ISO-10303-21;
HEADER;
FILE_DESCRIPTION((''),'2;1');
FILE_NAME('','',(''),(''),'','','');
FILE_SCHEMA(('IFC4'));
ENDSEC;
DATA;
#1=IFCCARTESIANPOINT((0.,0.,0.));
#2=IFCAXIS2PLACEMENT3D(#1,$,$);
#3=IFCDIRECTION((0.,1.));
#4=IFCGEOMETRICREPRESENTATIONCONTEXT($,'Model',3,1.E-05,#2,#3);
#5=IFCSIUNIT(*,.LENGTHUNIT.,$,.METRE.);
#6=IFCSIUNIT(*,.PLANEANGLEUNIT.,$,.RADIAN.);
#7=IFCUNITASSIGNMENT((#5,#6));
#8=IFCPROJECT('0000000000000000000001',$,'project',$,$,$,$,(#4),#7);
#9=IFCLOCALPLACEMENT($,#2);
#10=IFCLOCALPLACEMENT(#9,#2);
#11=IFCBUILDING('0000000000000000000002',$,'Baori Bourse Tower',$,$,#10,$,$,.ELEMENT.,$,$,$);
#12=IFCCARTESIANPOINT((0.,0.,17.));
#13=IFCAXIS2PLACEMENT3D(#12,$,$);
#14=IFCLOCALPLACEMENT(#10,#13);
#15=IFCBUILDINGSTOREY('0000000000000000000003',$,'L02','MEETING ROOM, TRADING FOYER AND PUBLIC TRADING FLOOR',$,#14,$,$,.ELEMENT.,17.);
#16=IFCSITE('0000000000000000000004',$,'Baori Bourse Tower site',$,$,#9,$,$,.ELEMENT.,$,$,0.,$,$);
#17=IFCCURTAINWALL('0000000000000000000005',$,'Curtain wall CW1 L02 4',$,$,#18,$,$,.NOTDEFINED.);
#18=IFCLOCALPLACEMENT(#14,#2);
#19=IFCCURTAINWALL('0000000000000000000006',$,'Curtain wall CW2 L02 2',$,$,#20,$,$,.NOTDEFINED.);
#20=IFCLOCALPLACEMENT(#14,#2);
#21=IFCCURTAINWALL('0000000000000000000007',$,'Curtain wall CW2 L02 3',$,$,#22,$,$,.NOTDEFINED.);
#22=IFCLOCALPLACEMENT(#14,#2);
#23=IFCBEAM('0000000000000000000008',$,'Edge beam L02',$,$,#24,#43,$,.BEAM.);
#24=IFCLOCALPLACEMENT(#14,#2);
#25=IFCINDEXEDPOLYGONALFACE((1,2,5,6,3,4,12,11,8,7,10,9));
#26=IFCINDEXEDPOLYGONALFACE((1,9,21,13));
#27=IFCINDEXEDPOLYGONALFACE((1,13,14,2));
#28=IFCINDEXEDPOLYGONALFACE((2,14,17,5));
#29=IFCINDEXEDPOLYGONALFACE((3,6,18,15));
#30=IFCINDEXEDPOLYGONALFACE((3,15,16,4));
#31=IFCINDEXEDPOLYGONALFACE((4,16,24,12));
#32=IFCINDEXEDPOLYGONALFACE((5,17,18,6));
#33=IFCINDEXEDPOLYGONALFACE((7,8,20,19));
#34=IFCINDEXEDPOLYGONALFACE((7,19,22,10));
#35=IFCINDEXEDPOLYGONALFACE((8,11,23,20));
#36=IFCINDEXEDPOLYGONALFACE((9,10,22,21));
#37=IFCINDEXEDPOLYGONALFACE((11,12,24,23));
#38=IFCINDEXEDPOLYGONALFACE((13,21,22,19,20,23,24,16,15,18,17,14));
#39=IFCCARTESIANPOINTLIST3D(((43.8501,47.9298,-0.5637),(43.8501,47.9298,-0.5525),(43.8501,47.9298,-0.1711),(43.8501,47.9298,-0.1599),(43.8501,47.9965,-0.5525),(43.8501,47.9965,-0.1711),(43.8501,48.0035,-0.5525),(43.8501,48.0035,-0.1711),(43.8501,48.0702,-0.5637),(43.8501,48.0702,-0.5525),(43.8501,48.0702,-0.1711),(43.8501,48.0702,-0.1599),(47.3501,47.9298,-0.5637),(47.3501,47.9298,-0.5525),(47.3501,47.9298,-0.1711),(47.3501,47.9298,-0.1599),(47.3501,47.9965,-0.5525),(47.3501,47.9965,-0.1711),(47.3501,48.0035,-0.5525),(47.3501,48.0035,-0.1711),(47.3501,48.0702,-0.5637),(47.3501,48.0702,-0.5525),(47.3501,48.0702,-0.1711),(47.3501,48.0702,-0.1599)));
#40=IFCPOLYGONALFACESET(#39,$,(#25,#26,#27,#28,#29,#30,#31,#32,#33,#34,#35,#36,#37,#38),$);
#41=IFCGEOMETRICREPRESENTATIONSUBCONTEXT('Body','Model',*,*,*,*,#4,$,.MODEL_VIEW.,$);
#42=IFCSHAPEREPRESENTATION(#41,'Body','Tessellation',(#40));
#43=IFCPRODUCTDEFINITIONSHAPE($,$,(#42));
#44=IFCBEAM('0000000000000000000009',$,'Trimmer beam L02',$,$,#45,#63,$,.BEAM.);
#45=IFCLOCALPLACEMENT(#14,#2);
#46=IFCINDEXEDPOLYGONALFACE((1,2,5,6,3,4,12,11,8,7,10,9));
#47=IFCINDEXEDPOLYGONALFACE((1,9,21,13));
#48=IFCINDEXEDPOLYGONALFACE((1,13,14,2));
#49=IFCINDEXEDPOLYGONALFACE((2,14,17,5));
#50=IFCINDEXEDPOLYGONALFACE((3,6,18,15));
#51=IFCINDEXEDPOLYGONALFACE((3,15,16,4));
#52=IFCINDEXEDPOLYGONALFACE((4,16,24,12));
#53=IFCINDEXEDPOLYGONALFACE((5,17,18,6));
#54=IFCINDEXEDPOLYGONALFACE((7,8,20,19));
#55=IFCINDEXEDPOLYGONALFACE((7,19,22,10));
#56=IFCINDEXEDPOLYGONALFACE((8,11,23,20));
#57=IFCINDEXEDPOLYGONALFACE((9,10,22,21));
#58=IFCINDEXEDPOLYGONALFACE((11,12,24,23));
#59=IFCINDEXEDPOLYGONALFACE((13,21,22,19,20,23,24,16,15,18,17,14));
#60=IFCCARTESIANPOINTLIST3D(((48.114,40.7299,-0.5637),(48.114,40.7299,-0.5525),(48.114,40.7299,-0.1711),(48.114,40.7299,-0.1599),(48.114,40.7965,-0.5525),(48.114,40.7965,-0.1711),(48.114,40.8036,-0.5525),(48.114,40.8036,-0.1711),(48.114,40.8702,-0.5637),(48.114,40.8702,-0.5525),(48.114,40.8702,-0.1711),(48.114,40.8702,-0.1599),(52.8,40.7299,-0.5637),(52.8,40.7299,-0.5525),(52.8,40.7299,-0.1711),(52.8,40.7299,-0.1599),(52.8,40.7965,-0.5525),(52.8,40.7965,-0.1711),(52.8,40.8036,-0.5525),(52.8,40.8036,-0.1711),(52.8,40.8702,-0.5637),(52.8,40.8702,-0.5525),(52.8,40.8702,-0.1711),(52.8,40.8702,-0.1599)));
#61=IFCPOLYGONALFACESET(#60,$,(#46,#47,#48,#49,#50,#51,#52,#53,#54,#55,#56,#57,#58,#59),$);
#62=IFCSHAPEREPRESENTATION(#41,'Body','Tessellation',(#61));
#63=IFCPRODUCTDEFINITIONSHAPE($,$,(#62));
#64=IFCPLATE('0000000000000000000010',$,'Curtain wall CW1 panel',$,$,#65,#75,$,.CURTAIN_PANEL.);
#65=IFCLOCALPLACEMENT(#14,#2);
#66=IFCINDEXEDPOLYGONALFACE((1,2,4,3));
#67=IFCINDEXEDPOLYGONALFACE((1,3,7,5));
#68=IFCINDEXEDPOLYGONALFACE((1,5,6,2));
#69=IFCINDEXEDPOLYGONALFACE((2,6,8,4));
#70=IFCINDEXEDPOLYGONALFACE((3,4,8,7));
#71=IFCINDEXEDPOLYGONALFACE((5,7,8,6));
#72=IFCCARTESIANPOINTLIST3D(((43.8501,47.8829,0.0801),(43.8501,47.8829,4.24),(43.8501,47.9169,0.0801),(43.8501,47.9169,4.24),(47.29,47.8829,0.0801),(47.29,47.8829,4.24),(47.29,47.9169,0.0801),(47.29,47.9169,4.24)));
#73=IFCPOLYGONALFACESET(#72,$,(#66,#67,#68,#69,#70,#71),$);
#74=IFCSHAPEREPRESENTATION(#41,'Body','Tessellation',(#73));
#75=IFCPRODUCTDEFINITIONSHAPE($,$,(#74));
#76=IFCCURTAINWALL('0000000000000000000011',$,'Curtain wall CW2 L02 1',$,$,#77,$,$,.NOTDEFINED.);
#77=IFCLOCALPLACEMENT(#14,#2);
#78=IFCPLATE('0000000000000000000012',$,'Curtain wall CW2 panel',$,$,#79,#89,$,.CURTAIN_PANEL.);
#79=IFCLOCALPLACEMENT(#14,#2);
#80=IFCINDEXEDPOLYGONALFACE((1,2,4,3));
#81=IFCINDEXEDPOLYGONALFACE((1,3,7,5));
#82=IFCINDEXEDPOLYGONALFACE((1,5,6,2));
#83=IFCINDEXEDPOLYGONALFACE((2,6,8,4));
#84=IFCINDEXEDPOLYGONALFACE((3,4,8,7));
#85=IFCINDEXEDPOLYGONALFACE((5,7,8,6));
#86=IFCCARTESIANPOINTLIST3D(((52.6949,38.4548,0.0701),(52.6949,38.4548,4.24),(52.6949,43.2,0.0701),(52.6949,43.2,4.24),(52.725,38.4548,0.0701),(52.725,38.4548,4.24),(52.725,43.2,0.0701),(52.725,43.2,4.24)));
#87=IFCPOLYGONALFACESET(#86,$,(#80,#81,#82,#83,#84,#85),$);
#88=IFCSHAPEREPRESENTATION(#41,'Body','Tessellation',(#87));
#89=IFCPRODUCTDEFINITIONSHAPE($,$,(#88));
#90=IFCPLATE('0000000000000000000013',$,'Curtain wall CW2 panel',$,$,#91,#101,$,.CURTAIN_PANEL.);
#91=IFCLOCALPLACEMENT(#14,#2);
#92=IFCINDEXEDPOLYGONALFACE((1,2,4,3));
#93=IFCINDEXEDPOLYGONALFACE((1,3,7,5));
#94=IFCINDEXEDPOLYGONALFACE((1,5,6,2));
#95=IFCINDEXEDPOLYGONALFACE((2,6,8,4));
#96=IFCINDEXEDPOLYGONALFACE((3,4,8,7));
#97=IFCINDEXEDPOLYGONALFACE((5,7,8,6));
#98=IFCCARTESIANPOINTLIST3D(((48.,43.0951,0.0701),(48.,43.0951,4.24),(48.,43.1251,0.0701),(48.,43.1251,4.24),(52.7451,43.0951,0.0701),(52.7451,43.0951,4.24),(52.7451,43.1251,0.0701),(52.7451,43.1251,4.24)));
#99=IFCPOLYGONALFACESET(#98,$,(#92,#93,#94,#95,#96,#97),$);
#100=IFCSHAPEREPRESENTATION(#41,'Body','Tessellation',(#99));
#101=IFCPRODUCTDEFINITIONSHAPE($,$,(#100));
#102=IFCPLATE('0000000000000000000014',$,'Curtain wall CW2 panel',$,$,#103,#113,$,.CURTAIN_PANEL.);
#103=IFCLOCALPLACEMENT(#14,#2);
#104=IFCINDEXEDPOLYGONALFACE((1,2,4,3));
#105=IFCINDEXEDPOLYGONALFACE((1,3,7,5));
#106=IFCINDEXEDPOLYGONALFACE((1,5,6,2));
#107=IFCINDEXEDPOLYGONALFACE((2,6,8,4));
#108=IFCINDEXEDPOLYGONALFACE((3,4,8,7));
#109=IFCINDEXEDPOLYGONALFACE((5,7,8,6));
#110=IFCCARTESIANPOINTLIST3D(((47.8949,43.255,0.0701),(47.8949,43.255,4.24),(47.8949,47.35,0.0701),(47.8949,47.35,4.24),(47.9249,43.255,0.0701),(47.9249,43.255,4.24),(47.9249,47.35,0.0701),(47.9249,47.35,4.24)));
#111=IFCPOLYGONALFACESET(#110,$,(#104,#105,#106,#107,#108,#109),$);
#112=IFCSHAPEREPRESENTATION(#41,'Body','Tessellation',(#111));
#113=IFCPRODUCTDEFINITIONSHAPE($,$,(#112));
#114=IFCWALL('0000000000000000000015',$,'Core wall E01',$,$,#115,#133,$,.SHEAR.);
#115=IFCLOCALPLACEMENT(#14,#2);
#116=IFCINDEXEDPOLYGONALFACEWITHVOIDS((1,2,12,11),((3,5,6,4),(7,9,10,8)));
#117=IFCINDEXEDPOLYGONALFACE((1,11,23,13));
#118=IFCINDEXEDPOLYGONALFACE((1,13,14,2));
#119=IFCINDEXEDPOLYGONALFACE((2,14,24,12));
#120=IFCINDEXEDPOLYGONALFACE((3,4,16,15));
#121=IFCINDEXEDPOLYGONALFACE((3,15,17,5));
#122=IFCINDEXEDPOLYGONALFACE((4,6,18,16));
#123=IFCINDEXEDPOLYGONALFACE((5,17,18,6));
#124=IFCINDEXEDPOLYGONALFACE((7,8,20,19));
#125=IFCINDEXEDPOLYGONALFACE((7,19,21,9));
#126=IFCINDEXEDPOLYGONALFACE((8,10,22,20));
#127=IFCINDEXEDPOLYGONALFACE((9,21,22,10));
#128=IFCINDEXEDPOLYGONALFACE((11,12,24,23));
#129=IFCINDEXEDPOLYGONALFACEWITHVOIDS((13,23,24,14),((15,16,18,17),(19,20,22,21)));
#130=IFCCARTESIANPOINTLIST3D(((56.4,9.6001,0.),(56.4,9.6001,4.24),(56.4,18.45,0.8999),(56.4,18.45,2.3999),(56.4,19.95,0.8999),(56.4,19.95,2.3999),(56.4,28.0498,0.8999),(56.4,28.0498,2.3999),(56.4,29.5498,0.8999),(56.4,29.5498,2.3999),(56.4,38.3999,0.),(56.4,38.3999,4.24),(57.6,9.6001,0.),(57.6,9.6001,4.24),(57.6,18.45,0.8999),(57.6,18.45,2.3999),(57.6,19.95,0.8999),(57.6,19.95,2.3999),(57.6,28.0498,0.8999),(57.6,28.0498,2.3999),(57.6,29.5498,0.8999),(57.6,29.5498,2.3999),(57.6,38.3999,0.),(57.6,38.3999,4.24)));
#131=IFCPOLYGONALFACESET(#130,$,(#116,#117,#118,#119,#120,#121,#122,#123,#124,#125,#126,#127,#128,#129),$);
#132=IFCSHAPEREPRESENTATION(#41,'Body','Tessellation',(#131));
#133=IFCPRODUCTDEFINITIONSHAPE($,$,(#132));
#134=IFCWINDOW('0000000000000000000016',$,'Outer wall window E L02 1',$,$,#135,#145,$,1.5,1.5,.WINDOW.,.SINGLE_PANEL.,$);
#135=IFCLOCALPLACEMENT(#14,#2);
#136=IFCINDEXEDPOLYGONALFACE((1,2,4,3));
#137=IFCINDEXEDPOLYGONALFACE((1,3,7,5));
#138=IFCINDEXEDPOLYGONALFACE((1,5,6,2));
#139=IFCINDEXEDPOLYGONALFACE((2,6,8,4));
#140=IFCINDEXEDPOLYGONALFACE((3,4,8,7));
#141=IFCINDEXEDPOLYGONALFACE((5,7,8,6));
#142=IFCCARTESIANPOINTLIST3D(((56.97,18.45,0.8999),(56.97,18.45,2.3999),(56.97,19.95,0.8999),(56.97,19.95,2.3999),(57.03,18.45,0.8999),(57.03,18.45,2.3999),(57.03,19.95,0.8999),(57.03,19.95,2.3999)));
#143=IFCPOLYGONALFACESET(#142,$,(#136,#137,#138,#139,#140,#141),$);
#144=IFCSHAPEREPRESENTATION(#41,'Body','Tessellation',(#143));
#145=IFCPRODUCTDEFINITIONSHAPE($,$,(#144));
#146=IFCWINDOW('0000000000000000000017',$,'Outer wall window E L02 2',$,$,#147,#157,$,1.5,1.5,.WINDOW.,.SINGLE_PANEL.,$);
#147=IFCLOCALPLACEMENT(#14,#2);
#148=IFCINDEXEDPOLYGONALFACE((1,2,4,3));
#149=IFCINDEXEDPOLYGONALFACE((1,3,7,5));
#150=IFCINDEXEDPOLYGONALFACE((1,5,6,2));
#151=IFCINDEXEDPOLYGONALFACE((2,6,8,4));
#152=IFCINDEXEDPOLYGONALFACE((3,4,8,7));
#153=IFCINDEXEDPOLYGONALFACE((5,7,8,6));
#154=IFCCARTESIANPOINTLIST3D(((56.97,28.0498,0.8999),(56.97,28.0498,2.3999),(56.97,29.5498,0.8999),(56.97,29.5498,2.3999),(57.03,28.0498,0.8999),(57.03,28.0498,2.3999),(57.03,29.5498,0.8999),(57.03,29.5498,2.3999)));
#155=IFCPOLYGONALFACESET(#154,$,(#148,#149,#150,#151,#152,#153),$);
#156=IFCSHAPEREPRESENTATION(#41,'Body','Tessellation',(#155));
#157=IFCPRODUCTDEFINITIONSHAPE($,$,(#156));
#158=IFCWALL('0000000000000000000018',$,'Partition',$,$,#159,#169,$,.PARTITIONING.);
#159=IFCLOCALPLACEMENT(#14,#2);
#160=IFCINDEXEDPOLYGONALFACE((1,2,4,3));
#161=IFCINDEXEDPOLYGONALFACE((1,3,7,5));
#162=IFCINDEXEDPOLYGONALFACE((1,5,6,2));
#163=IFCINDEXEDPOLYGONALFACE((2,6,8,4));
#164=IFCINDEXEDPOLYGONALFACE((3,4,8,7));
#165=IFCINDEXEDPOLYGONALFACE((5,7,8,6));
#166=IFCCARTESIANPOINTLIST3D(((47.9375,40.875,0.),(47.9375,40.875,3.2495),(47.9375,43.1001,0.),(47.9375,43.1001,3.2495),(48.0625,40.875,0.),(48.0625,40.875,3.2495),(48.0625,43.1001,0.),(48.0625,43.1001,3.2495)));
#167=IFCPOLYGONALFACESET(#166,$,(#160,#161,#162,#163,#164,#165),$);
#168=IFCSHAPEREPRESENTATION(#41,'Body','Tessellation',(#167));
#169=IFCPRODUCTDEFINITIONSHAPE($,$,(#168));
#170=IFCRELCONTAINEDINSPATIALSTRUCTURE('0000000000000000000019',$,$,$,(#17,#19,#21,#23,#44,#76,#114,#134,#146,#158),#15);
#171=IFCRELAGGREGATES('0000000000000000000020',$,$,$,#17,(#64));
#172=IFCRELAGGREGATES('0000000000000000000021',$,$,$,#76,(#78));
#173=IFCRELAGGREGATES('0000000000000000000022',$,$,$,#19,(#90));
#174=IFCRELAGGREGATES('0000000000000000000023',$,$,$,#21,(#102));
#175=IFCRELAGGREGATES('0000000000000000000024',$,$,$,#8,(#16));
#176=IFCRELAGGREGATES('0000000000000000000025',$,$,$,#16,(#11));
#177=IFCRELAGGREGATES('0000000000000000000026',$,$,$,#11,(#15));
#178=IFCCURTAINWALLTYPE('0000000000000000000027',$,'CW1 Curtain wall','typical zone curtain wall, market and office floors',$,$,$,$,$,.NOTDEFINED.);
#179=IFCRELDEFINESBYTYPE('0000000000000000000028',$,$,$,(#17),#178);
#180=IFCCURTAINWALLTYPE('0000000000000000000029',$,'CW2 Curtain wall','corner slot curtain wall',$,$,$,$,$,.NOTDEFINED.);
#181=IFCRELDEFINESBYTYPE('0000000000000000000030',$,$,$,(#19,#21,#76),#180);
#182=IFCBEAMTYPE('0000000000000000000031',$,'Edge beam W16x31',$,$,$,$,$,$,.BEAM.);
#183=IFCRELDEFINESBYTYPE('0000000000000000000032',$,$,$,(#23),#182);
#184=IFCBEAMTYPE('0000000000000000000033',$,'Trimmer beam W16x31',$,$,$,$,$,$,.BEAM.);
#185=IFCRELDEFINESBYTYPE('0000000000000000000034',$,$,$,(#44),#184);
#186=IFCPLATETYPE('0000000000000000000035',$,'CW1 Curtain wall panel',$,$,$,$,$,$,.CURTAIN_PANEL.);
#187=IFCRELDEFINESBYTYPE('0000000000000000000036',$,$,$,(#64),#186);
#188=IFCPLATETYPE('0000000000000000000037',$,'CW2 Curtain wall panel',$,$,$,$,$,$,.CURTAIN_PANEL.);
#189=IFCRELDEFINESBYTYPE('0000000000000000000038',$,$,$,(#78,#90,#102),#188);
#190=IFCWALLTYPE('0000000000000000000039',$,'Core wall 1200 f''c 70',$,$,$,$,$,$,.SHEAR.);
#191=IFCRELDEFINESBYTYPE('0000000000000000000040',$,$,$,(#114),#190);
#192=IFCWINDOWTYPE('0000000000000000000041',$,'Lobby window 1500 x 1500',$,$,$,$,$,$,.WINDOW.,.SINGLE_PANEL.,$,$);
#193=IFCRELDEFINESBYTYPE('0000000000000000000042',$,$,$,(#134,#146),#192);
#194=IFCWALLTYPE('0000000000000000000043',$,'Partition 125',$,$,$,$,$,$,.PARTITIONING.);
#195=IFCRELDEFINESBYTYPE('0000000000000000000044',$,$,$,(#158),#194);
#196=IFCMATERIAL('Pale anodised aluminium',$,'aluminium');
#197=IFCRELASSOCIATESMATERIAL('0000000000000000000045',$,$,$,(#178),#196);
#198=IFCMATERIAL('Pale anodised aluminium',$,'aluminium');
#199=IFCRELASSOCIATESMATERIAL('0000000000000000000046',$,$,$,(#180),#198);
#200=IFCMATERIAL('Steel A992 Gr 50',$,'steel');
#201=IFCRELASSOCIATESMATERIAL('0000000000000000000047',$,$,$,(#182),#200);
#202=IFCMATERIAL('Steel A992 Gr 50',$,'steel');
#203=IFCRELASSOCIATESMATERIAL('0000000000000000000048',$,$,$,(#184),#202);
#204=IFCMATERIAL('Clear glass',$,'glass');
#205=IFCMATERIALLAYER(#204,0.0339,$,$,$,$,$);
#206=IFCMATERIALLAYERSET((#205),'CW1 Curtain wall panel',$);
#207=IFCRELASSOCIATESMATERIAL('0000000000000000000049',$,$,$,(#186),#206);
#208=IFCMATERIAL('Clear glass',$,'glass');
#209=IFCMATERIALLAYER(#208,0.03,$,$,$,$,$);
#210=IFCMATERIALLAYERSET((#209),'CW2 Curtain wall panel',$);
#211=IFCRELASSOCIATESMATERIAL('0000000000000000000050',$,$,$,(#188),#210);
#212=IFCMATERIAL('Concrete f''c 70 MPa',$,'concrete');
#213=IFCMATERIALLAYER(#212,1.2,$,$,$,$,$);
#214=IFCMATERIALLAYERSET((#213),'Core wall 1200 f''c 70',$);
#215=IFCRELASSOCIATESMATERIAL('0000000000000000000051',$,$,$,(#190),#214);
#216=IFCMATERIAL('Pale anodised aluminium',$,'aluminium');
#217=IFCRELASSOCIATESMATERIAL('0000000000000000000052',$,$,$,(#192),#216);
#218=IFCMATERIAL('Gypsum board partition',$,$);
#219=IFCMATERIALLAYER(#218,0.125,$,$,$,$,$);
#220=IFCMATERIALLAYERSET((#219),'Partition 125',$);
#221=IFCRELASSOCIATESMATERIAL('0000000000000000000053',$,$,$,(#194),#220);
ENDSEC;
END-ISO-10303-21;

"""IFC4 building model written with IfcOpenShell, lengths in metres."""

from ifc_helpers import new_model, si_unit, direction, frame, frame_2d, origin, origin_2d, place, context, subcontext, project, spatial, rectangle, i_section, extrude, material, layer, layer_set, material_profile, profile_set, type_object, element, fill, aggregate, save


model = new_model("IFC4")

# Units and contexts
model_context = context("Model", 3, precision=1e-05, world=origin(), true_north=direction((0.0, 1.0)))
body_context = subcontext(model_context, "Body", "Model", "MODEL_VIEW")
ifc_project = project(units=[si_unit("LENGTHUNIT", "METRE"), si_unit("PLANEANGLEUNIT", "RADIAN")], contexts=[model_context])

# Site, building, storey
site_placement = place(None, origin())
site = spatial("IfcSite", under=ifc_project, at=site_placement, Name="Baori Bourse Tower site", CompositionType="ELEMENT", RefElevation=0.0)
building_placement = place(site_placement, origin())
building = spatial("IfcBuilding", under=site, at=building_placement, Name="Baori Bourse Tower", CompositionType="ELEMENT")
storey_placement = place(building_placement, frame((0.0, 0.0, 17.0)))
storey = spatial("IfcBuildingStorey", under=building, at=storey_placement, Name="L02", Description="MEETING ROOM, TRADING FOYER AND PUBLIC TRADING FLOOR", CompositionType="ELEMENT", Elevation=17.0)

# Curtain wall
ifc_material_1 = material(Name="Pale anodised aluminium", Category="aluminium")
curtain_wall_type_1 = type_object("IfcCurtainWallType", Name="CW1 Curtain wall", Description="typical zone curtain wall, market and office floors", PredefinedType="NOTDEFINED", material=ifc_material_1)
curtain_wall_1_placement = place(storey_placement, origin())
curtain_wall_1 = element("IfcCurtainWall", 1, at=curtain_wall_1_placement, inside=storey, type_object=curtain_wall_type_1, Name="Curtain wall CW1 L02 4", PredefinedType="NOTDEFINED")

# Curtain walls
ifc_material_2 = material(Name="Pale anodised aluminium", Category="aluminium")
curtain_wall_type_2 = type_object("IfcCurtainWallType", Name="CW2 Curtain wall", Description="corner slot curtain wall", PredefinedType="NOTDEFINED", material=ifc_material_2)
curtain_wall_2_placement = place(storey_placement, origin())
curtain_wall_2 = element("IfcCurtainWall", 2, at=curtain_wall_2_placement, inside=storey, type_object=curtain_wall_type_2, Name="Curtain wall CW2 L02 2", PredefinedType="NOTDEFINED")
curtain_wall_3_placement = place(storey_placement, origin())
curtain_wall_3 = element("IfcCurtainWall", 3, at=curtain_wall_3_placement, inside=storey, type_object=curtain_wall_type_2, Name="Curtain wall CW2 L02 3", PredefinedType="NOTDEFINED")

# Beams
ifc_material_3 = material(Name="Steel A992 Gr 50", Category="steel")
ifc_material_profile_1 = material_profile(ifc_material_3, i_section(OverallWidth=0.1404, OverallDepth=0.4038, WebThickness=0.0071, FlangeThickness=0.0112, at=origin_2d()), Name="W16x31")
ifc_profile_set_1 = profile_set([ifc_material_profile_1], Name="Steel A992 Gr 50")
beam_type_1 = type_object("IfcBeamType", Name="Edge beam W16x31", PredefinedType="BEAM", material=ifc_profile_set_1)
beam_1_placement = place(storey_placement, frame((43.8501, 48.0, -0.3618), z_axis=(1.0, 0.0, 0.0), x_axis=(0.0, 1.0, 0.0)))
element("IfcBeam", 4, at=beam_1_placement, inside=storey, type_object=beam_type_1, Name="Edge beam L02", PredefinedType="BEAM", context=body_context, shape_type="SweptSolid", body=[
    extrude(i_section(OverallWidth=0.1404, OverallDepth=0.4038, WebThickness=0.0071, FlangeThickness=0.0112, at=origin_2d()), origin(), (0.0, 0.0, 1.0), 3.5),
])
ifc_material_4 = material(Name="Steel A992 Gr 50", Category="steel")
ifc_material_profile_2 = material_profile(ifc_material_4, i_section(OverallWidth=0.1404, OverallDepth=0.4038, WebThickness=0.0071, FlangeThickness=0.0112, at=origin_2d()), Name="W16x31")
ifc_profile_set_2 = profile_set([ifc_material_profile_2], Name="Steel A992 Gr 50")
beam_type_2 = type_object("IfcBeamType", Name="Trimmer beam W16x31", PredefinedType="BEAM", material=ifc_profile_set_2)
beam_2_placement = place(storey_placement, frame((48.114, 40.8, -0.3618), z_axis=(1.0, 0.0, 0.0), x_axis=(0.0, 1.0, 0.0)))
element("IfcBeam", 5, at=beam_2_placement, inside=storey, type_object=beam_type_2, Name="Trimmer beam L02", PredefinedType="BEAM", context=body_context, shape_type="SweptSolid", body=[
    extrude(i_section(OverallWidth=0.1404, OverallDepth=0.4038, WebThickness=0.0071, FlangeThickness=0.0112, at=origin_2d()), origin(), (0.0, 0.0, 1.0), 4.686),
])

# Plate
ifc_material_5 = material(Name="Clear glass", Category="glass")
ifc_layer_1 = layer(ifc_material_5, 0.0339)
ifc_layer_set_1 = layer_set([ifc_layer_1], Name="CW1 Curtain wall panel")
plate_type_1 = type_object("IfcPlateType", Name="CW1 Curtain wall panel", PredefinedType="CURTAIN_PANEL", material=ifc_layer_set_1)
plate_1_placement = place(storey_placement, frame((45.5701, 47.8999, 0.0801), z_axis=(0.0, 0.0, 1.0), x_axis=(-1.0, 0.0, 0.0)))
plate_1 = element("IfcPlate", 6, at=plate_1_placement, type_object=plate_type_1, Name="Curtain wall CW1 panel", PredefinedType="CURTAIN_PANEL", context=body_context, shape_type="SweptSolid", body=[
    extrude(rectangle(XDim=3.4399, YDim=0.0339, at=origin_2d()), origin(), (0.0, 0.0, 1.0), 4.1599),
])
aggregate(curtain_wall_1, [plate_1])

# Curtain wall, plate
curtain_wall_4_placement = place(storey_placement, origin())
curtain_wall_4 = element("IfcCurtainWall", 7, at=curtain_wall_4_placement, inside=storey, type_object=curtain_wall_type_2, Name="Curtain wall CW2 L02 1", PredefinedType="NOTDEFINED")
ifc_material_6 = material(Name="Clear glass", Category="glass")
ifc_layer_2 = layer(ifc_material_6, 0.03)
ifc_layer_set_2 = layer_set([ifc_layer_2], Name="CW2 Curtain wall panel")
plate_type_2 = type_object("IfcPlateType", Name="CW2 Curtain wall panel", PredefinedType="CURTAIN_PANEL", material=ifc_layer_set_2)
plate_2_placement = place(storey_placement, frame((52.71, 40.8274, 0.0701), z_axis=(0.0, 0.0, 1.0), x_axis=(0.0, 1.0, 0.0)))
plate_2 = element("IfcPlate", 8, at=plate_2_placement, type_object=plate_type_2, Name="Curtain wall CW2 panel", PredefinedType="CURTAIN_PANEL", context=body_context, shape_type="SweptSolid", body=[
    extrude(rectangle(XDim=4.7451, YDim=0.03, at=origin_2d()), origin(), (0.0, 0.0, 1.0), 4.1699),
])
aggregate(curtain_wall_4, [plate_2])

# Plates
plate_3_placement = place(storey_placement, frame((50.3726, 43.1101, 0.0701), z_axis=(0.0, 0.0, 1.0), x_axis=(-1.0, 0.0, 0.0)))
plate_3 = element("IfcPlate", 9, at=plate_3_placement, type_object=plate_type_2, Name="Curtain wall CW2 panel", PredefinedType="CURTAIN_PANEL", context=body_context, shape_type="SweptSolid", body=[
    extrude(rectangle(XDim=4.7451, YDim=0.03, at=origin_2d()), origin(), (0.0, 0.0, 1.0), 4.1699),
])
aggregate(curtain_wall_2, [plate_3])
plate_4_placement = place(storey_placement, frame((47.9099, 45.3025, 0.0701), z_axis=(0.0, 0.0, 1.0), x_axis=(0.0, 1.0, 0.0)))
plate_4 = element("IfcPlate", 10, at=plate_4_placement, type_object=plate_type_2, Name="Curtain wall CW2 panel", PredefinedType="CURTAIN_PANEL", context=body_context, shape_type="SweptSolid", body=[
    extrude(rectangle(XDim=4.095, YDim=0.03, at=origin_2d()), origin(), (0.0, 0.0, 1.0), 4.1699),
])
aggregate(curtain_wall_3, [plate_4])

# Wall, openings, windows
ifc_material_7 = material(Name="Concrete f'c 70 MPa", Category="concrete")
ifc_layer_3 = layer(ifc_material_7, 1.2)
ifc_layer_set_3 = layer_set([ifc_layer_3], Name="Core wall 1200 f'c 70")
wall_type_1 = type_object("IfcWallType", Name="Core wall 1200 f'c 70", PredefinedType="SHEAR", material=ifc_layer_set_3)
wall_1_placement = place(storey_placement, frame((57.0, 38.3999, 0.0), z_axis=(0.0, 0.0, 1.0), x_axis=(0.0, -1.0, 0.0)))
wall_1 = element("IfcWall", 11, at=wall_1_placement, inside=storey, type_object=wall_type_1, Name="Core wall E01", PredefinedType="SHEAR", context=body_context, shape_type="SweptSolid", body=[
    extrude(rectangle(XDim=28.7998, YDim=1.2, at=frame_2d((14.3999, 0.0))), origin(), (0.0, 0.0, 1.0), 4.24),
])
opening_1_placement = place(wall_1_placement, frame((18.45, 0.0, 0.8999)))
opening_1 = element("IfcOpeningElement", 12, at=opening_1_placement, cuts=wall_1, PredefinedType="OPENING", context=body_context, shape_type="SweptSolid", body=[
    extrude(rectangle(XDim=1.5, YDim=1.5, at=frame_2d((0.75, 0.75))), frame((0.0, 0.6099, 0.0), z_axis=(0.0, -1.0, 0.0), x_axis=(1.0, 0.0, 0.0)), (0.0, 0.0, 1.0), 1.22),
])
opening_2_placement = place(wall_1_placement, frame((8.8501, 0.0, 0.8999)))
opening_2 = element("IfcOpeningElement", 13, at=opening_2_placement, cuts=wall_1, PredefinedType="OPENING", context=body_context, shape_type="SweptSolid", body=[
    extrude(rectangle(XDim=1.5, YDim=1.5, at=frame_2d((0.75, 0.75))), frame((0.0, 0.6099, 0.0), z_axis=(0.0, -1.0, 0.0), x_axis=(1.0, 0.0, 0.0)), (0.0, 0.0, 1.0), 1.22),
])
ifc_material_8 = material(Name="Pale anodised aluminium", Category="aluminium")
window_type = type_object("IfcWindowType", Name="Lobby window 1500 x 1500", PartitioningType="SINGLE_PANEL", PredefinedType="WINDOW", material=ifc_material_8)
window_1_placement = place(opening_1_placement, origin())
window_1 = element("IfcWindow", 14, at=window_1_placement, inside=storey, type_object=window_type, Name="Outer wall window E L02 1", OverallHeight=1.5, OverallWidth=1.5, PartitioningType="SINGLE_PANEL", PredefinedType="WINDOW", context=body_context, shape_type="SweptSolid", body=[
    extrude(rectangle(XDim=1.5, YDim=1.5, at=frame_2d((0.75, 0.75))), frame((0.0, 0.03, 0.0), z_axis=(0.0, -1.0, 0.0), x_axis=(1.0, 0.0, 0.0)), (0.0, 0.0, 1.0), 0.0601),
])
fill(opening_1, window_1)
window_2_placement = place(opening_2_placement, origin())
window_2 = element("IfcWindow", 15, at=window_2_placement, inside=storey, type_object=window_type, Name="Outer wall window E L02 2", OverallHeight=1.5, OverallWidth=1.5, PartitioningType="SINGLE_PANEL", PredefinedType="WINDOW", context=body_context, shape_type="SweptSolid", body=[
    extrude(rectangle(XDim=1.5, YDim=1.5, at=frame_2d((0.75, 0.75))), frame((0.0, 0.03, 0.0), z_axis=(0.0, -1.0, 0.0), x_axis=(1.0, 0.0, 0.0)), (0.0, 0.0, 1.0), 0.0601),
])
fill(opening_2, window_2)

# Wall
ifc_material_9 = material(Name="Gypsum board partition")
ifc_layer_4 = layer(ifc_material_9, 0.125)
ifc_layer_set_4 = layer_set([ifc_layer_4], Name="Partition 125")
wall_type_2 = type_object("IfcWallType", Name="Partition 125", PredefinedType="PARTITIONING", material=ifc_layer_set_4)
wall_2_placement = place(storey_placement, frame((48.0, 40.875, 0.0), z_axis=(0.0, 0.0, 1.0), x_axis=(0.0, 1.0, 0.0)))
element("IfcWall", 16, at=wall_2_placement, inside=storey, type_object=wall_type_2, Name="Partition", PredefinedType="PARTITIONING", context=body_context, shape_type="SweptSolid", body=[
    extrude(rectangle(XDim=2.2251, YDim=0.125, at=frame_2d((1.1125, 0.0))), origin(), (0.0, 0.0, 1.0), 3.2495),
])

save(model, "model.ifc")
